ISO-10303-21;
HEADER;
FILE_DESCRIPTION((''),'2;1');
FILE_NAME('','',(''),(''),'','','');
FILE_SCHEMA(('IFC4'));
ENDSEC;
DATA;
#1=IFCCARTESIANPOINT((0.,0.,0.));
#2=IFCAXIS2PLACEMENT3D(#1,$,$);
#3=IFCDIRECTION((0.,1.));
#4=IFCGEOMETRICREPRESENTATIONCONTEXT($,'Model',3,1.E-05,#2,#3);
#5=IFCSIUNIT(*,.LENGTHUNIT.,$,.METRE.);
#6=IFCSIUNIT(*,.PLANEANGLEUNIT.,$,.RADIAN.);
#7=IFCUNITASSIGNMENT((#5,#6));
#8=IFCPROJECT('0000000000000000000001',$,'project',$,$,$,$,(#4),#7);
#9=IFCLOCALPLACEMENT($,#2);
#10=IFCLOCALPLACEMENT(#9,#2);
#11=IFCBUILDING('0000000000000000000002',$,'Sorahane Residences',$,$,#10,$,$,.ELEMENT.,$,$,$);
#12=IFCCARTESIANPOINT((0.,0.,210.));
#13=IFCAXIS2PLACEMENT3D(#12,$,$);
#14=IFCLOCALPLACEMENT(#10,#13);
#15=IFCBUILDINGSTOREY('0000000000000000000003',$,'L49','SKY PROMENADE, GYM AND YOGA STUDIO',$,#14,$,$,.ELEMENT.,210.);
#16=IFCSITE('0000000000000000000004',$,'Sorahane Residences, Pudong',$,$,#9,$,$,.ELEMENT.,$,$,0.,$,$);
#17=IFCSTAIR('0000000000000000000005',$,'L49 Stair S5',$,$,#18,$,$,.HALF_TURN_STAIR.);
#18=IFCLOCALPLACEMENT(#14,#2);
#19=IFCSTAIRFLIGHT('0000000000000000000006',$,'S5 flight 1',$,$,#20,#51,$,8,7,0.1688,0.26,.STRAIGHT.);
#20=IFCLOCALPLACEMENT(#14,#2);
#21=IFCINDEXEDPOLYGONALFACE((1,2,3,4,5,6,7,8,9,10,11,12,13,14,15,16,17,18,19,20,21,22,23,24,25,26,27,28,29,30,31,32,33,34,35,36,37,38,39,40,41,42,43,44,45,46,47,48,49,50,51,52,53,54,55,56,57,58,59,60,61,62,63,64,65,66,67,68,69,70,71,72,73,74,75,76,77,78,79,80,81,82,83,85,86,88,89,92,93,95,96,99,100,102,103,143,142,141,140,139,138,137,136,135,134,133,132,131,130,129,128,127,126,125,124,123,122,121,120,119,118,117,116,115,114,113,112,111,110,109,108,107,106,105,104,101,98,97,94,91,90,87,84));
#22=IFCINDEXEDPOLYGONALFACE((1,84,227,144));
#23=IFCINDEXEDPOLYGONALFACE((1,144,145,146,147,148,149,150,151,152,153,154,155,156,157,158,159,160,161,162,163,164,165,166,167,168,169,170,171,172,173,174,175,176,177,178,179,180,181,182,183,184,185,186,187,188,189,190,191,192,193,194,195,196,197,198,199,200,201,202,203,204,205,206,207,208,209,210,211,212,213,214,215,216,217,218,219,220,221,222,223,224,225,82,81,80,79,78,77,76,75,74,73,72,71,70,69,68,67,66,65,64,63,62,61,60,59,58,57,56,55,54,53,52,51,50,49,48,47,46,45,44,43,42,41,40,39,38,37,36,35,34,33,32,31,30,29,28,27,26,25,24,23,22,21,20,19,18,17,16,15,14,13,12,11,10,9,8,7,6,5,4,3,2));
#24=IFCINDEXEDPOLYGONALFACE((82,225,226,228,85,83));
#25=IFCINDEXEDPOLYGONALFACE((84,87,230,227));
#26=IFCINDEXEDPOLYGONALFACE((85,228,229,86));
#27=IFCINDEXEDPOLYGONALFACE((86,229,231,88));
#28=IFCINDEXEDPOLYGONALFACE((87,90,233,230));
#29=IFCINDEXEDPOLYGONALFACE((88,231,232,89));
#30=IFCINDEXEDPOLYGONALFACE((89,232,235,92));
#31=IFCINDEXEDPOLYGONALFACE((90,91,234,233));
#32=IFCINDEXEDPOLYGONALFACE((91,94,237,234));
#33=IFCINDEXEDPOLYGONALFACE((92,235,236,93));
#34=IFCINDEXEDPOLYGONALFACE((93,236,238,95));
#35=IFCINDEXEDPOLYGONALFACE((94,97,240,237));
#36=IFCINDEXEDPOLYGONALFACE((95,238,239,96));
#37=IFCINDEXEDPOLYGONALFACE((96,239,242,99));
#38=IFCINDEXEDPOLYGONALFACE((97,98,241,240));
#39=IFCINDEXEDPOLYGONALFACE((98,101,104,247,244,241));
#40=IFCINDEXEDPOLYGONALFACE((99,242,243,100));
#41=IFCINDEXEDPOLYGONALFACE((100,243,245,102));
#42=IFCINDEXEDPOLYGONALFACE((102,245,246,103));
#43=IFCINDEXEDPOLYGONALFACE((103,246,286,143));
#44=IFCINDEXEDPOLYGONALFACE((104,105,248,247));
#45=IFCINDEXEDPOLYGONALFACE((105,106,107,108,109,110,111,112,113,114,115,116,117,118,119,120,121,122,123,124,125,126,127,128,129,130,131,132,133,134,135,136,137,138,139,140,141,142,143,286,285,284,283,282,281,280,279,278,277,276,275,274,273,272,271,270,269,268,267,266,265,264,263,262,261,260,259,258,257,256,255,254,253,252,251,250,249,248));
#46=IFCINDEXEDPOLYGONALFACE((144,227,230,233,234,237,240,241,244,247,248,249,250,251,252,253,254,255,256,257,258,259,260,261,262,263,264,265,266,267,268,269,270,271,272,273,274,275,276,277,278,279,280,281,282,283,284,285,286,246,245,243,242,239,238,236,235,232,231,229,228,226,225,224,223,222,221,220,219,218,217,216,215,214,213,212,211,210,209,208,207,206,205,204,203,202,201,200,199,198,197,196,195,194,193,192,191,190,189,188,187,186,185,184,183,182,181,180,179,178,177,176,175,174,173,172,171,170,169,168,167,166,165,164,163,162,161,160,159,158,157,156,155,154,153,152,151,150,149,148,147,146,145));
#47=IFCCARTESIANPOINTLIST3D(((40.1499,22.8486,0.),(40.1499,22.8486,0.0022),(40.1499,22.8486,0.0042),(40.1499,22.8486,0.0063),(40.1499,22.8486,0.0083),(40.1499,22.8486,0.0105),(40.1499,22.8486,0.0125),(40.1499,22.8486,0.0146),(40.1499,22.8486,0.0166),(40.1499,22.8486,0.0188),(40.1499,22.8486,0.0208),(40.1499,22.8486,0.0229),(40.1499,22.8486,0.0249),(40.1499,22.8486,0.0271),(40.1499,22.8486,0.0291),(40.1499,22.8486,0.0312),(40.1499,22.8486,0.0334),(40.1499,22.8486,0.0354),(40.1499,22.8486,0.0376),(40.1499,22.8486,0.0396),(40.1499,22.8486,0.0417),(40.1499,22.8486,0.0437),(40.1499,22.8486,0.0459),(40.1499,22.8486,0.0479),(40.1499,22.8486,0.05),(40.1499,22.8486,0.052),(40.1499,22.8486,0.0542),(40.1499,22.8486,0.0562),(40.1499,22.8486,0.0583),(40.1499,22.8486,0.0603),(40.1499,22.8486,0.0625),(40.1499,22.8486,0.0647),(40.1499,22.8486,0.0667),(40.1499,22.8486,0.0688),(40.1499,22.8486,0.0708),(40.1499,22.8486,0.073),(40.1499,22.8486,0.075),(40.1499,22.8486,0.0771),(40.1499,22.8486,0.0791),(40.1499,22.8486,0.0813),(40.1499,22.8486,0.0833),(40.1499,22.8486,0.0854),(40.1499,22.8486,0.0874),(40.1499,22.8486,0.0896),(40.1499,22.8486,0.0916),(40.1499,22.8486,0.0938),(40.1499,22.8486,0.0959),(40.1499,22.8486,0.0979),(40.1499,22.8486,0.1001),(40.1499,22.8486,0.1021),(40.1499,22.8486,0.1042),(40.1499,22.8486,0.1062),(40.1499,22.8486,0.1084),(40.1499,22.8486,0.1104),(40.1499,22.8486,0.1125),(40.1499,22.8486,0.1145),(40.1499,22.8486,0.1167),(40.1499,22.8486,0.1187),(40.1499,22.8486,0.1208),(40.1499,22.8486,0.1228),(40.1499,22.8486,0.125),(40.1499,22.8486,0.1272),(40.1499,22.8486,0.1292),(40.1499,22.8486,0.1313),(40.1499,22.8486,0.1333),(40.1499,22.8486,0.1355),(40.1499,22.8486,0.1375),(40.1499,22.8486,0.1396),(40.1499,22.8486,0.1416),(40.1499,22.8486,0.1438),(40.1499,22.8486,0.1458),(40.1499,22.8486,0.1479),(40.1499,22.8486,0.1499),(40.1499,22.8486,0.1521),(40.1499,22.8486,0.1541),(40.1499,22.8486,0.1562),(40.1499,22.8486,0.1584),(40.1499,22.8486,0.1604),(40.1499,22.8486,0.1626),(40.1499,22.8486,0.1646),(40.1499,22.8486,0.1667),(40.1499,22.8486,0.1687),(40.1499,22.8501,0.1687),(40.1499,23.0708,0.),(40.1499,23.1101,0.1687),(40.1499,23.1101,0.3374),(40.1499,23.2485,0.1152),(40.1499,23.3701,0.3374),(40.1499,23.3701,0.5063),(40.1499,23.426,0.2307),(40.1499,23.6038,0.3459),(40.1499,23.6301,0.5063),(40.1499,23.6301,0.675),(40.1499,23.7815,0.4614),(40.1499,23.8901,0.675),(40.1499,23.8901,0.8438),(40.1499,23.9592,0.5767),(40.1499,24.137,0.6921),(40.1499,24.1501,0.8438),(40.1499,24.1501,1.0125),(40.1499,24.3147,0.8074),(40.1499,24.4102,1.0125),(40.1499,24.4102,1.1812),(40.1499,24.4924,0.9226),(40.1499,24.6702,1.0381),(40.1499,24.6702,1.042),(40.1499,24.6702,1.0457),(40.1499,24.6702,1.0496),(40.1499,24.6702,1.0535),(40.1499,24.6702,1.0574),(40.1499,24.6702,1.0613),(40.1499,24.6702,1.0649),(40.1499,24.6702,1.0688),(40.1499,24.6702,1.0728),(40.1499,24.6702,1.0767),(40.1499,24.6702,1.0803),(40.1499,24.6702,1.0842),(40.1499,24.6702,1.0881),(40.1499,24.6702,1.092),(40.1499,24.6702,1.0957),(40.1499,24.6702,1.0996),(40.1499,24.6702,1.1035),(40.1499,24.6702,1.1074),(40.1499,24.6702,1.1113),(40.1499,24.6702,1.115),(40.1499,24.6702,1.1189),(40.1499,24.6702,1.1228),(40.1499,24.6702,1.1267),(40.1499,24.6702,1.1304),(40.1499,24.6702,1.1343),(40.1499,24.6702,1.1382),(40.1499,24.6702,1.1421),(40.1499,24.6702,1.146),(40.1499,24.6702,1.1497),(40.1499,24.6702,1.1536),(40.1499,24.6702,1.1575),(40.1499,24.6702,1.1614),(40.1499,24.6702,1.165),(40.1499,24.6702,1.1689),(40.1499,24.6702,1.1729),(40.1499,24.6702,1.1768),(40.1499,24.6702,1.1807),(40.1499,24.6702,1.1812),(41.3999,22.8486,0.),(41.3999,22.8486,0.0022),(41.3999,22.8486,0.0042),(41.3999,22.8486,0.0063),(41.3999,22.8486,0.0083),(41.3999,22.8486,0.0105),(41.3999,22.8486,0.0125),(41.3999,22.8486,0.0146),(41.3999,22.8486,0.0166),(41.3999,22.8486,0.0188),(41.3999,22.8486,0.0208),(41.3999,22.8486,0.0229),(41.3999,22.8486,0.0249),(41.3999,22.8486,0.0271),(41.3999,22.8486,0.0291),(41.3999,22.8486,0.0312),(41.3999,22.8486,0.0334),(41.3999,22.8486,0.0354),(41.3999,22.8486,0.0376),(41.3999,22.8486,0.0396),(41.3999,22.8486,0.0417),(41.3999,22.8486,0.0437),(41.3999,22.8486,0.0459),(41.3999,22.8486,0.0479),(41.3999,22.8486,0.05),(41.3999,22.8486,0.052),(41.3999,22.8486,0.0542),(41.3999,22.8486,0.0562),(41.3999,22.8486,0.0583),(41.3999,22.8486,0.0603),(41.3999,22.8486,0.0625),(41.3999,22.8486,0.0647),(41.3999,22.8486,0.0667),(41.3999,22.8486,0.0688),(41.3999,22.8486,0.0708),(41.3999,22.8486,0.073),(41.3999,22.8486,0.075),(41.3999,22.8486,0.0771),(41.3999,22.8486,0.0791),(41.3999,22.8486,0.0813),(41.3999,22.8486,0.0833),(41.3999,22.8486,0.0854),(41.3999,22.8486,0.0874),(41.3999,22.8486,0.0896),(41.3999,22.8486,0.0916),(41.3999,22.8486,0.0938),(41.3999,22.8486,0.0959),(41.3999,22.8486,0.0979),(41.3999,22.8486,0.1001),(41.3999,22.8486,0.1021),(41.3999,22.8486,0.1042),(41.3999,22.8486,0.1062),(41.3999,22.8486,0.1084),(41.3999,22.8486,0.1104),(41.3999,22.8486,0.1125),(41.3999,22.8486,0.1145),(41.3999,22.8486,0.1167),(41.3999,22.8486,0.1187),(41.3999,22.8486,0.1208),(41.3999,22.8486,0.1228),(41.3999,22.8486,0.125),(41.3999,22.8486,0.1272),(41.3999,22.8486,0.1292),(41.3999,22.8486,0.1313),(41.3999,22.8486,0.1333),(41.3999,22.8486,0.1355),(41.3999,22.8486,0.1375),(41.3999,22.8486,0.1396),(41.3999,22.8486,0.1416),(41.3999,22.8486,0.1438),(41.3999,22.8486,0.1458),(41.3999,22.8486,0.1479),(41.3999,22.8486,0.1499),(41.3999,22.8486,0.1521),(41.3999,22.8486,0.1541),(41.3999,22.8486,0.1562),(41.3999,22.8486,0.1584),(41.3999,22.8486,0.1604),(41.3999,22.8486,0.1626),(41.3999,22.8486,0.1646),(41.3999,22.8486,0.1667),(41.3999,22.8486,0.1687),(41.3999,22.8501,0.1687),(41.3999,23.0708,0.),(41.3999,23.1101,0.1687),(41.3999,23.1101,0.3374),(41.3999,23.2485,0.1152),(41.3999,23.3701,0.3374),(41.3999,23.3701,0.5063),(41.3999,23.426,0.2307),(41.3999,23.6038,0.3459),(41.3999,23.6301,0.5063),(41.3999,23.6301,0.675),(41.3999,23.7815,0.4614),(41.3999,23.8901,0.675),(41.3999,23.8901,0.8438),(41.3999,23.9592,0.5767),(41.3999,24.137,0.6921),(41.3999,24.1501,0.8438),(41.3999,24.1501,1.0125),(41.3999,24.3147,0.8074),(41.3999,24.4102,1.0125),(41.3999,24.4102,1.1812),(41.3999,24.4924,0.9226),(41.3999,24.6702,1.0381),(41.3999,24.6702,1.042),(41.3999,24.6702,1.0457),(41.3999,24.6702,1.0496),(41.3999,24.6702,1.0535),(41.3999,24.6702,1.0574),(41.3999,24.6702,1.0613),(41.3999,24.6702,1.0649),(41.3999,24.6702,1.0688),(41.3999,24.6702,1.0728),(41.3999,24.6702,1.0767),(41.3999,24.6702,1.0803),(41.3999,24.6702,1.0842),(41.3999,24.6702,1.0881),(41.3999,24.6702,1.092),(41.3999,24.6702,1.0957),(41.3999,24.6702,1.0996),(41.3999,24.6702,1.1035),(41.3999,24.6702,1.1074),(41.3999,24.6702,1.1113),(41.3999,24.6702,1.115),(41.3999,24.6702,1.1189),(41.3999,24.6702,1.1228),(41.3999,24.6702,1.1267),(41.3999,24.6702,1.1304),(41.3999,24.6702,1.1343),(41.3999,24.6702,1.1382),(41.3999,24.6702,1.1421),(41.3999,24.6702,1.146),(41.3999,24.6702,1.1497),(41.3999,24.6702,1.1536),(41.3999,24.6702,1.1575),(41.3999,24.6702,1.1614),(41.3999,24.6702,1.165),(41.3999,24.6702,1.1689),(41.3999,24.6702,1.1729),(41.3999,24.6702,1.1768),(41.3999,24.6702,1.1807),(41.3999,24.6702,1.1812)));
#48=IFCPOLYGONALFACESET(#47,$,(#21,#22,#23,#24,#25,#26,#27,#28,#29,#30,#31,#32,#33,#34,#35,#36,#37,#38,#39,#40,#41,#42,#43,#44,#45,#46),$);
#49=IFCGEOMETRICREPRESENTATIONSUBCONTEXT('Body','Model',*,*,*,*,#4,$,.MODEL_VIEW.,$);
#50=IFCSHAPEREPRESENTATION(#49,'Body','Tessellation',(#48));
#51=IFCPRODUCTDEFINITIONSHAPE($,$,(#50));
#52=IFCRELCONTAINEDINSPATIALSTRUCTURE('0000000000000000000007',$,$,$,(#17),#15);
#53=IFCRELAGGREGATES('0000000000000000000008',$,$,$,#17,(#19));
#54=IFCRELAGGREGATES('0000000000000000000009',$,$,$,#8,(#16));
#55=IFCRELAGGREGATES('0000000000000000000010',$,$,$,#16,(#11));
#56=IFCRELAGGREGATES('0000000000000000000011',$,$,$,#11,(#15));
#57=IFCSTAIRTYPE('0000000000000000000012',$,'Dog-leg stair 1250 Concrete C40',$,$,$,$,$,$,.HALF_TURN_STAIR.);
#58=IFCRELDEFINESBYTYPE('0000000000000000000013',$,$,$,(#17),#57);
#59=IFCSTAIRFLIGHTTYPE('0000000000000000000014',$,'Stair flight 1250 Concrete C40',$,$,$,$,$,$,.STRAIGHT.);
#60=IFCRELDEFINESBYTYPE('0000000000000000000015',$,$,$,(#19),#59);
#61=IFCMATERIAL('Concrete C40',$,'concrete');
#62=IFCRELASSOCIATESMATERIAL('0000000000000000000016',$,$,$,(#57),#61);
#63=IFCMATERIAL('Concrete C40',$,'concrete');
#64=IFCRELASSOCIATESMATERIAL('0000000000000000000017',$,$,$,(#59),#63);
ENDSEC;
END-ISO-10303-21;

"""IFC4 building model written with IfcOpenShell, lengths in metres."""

from ifc_helpers import new_model, si_unit, direction, frame, origin, place, context, subcontext, project, spatial, polyline, outline, extrude, material, type_object, element, aggregate, save


model = new_model("IFC4")

# Units and contexts
model_context = context("Model", 3, precision=1e-05, world=origin(), true_north=direction((0.0, 1.0)))
body_context = subcontext(model_context, "Body", "Model", "MODEL_VIEW")
ifc_project = project(units=[si_unit("LENGTHUNIT", "METRE"), si_unit("PLANEANGLEUNIT", "RADIAN")], contexts=[model_context])

# Site, building, storey
site_placement = place(None, origin())
site = spatial("IfcSite", under=ifc_project, at=site_placement, Name="Sorahane Residences, Pudong", CompositionType="ELEMENT", RefElevation=0.0)
building_placement = place(site_placement, origin())
building = spatial("IfcBuilding", under=site, at=building_placement, Name="Sorahane Residences", CompositionType="ELEMENT")
storey_placement = place(building_placement, frame((0.0, 0.0, 210.0)))
storey = spatial("IfcBuildingStorey", under=building, at=storey_placement, Name="L49", Description="SKY PROMENADE, GYM AND YOGA STUDIO", CompositionType="ELEMENT", Elevation=210.0)

# Stair, stair flight
ifc_material_1 = material(Name="Concrete C40", Category="concrete")
stair_type = type_object("IfcStairType", Name="Dog-leg stair 1250 Concrete C40", PredefinedType="HALF_TURN_STAIR", material=ifc_material_1)
stair_placement = place(storey_placement, origin())
stair = element("IfcStair", 1, at=stair_placement, inside=storey, type_object=stair_type, Name="L49 Stair S5", PredefinedType="HALF_TURN_STAIR")
ifc_material_2 = material(Name="Concrete C40", Category="concrete")
stair_flight_type = type_object("IfcStairFlightType", Name="Stair flight 1250 Concrete C40", PredefinedType="STRAIGHT", material=ifc_material_2)
stair_flight_1_placement = place(storey_placement, frame((40.7749, 22.8501, 0.0), z_axis=(0.0, 0.0, 1.0), x_axis=(0.0, 1.0, 0.0)))
stair_flight_1 = element("IfcStairFlight", 2, at=stair_flight_1_placement, type_object=stair_flight_type, Name="S5 flight 1", NumberOfRisers=8, NumberOfTreads=7, PredefinedType="STRAIGHT", RiserHeight=0.1688, TreadLength=0.26, context=body_context, shape_type="SweptSolid", body=[
    extrude(outline(polyline([(-0.0015, 0.0), (-0.0015, 0.0022), (-0.0015, 0.0042), (-0.0015, 0.0063), (-0.0015, 0.0083), (-0.0015, 0.0105), (-0.0015, 0.0125), (-0.0015, 0.0146), (-0.0015, 0.0166), (-0.0015, 0.0188), (-0.0015, 0.0208), (-0.0015, 0.0229), (-0.0015, 0.0249), (-0.0015, 0.0271), (-0.0015, 0.0291), (-0.0015, 0.0312), (-0.0015, 0.0334), (-0.0015, 0.0354), (-0.0015, 0.0376), (-0.0015, 0.0396), (-0.0015, 0.0417), (-0.0015, 0.0437), (-0.0015, 0.0459), (-0.0015, 0.0479), (-0.0015, 0.05), (-0.0015, 0.052), (-0.0015, 0.0542), (-0.0015, 0.0562), (-0.0015, 0.0583), (-0.0015, 0.0603), (-0.0015, 0.0625), (-0.0015, 0.0647), (-0.0015, 0.0667), (-0.0015, 0.0688), (-0.0015, 0.0708), (-0.0015, 0.073), (-0.0015, 0.075), (-0.0015, 0.0771), (-0.0015, 0.0791), (-0.0015, 0.0813), (-0.0015, 0.0833), (-0.0015, 0.0854), (-0.0015, 0.0874), (-0.0015, 0.0896), (-0.0015, 0.0916), (-0.0015, 0.0938), (-0.0015, 0.0959), (-0.0015, 0.0979), (-0.0015, 0.1001), (-0.0015, 0.1021), (-0.0015, 0.1042), (-0.0015, 0.1062), (-0.0015, 0.1084), (-0.0015, 0.1104), (-0.0015, 0.1125), (-0.0015, 0.1145), (-0.0015, 0.1167), (-0.0015, 0.1187), (-0.0015, 0.1208), (-0.0015, 0.1228), (-0.0015, 0.125), (-0.0015, 0.1272), (-0.0015, 0.1292), (-0.0015, 0.1313), (-0.0015, 0.1333), (-0.0015, 0.1355), (-0.0015, 0.1375), (-0.0015, 0.1396), (-0.0015, 0.1416), (-0.0015, 0.1438), (-0.0015, 0.1458), (-0.0015, 0.1479), (-0.0015, 0.1499), (-0.0015, 0.1521), (-0.0015, 0.1541), (-0.0015, 0.1562), (-0.0015, 0.1584), (-0.0015, 0.1604), (-0.0015, 0.1626), (-0.0015, 0.1646), (-0.0015, 0.1667), (-0.0015, 0.1687), (0.0, 0.1687), (0.26, 0.1687), (0.26, 0.3374), (0.52, 0.3374), (0.52, 0.5063), (0.78, 0.5063), (0.78, 0.675), (1.04, 0.675), (1.04, 0.8438), (1.3, 0.8438), (1.3, 1.0125), (1.5601, 1.0125), (1.5601, 1.1812), (1.8201, 1.1812), (1.8201, 1.3501), (1.8201, 1.3462), (1.8201, 1.3423), (1.8201, 1.3384), (1.8201, 1.3347), (1.8201, 1.3308), (1.8201, 1.3269), (1.8201, 1.323), (1.8201, 1.3191), (1.8201, 1.3154), (1.8201, 1.3115), (1.8201, 1.3076), (1.8201, 1.3037), (1.8201, 1.3), (1.8201, 1.2961), (1.8201, 1.2922), (1.8201, 1.2883), (1.8201, 1.2844), (1.8201, 1.2808), (1.8201, 1.2769), (1.8201, 1.2729), (1.8201, 1.269), (1.8201, 1.2654), (1.8201, 1.2615), (1.8201, 1.2576), (1.8201, 1.2537), (1.8201, 1.2498), (1.8201, 1.2461), (1.8201, 1.2422), (1.8201, 1.2383), (1.8201, 1.2344), (1.8201, 1.2307), (1.8201, 1.2268), (1.8201, 1.2229), (1.8201, 1.219), (1.8201, 1.2151), (1.8201, 1.2114), (1.8201, 1.2075), (1.8201, 1.2036), (1.8201, 1.1997), (1.8201, 1.196), (1.8201, 1.1921), (1.8201, 1.1882), (1.8201, 1.1843), (1.8201, 1.1807), (1.8201, 1.1768), (1.8201, 1.1729), (1.8201, 1.1689), (1.8201, 1.165), (1.8201, 1.1614), (1.8201, 1.1575), (1.8201, 1.1536), (1.8201, 1.1497), (1.8201, 1.146), (1.8201, 1.1421), (1.8201, 1.1382), (1.8201, 1.1343), (1.8201, 1.1304), (1.8201, 1.1267), (1.8201, 1.1228), (1.8201, 1.1189), (1.8201, 1.115), (1.8201, 1.1113), (1.8201, 1.1074), (1.8201, 1.1035), (1.8201, 1.0996), (1.8201, 1.0957), (1.8201, 1.092), (1.8201, 1.0881), (1.8201, 1.0842), (1.8201, 1.0803), (1.8201, 1.0767), (1.8201, 1.0728), (1.8201, 1.0688), (1.8201, 1.0649), (1.8201, 1.0613), (1.8201, 1.0574), (1.8201, 1.0535), (1.8201, 1.0496), (1.8201, 1.0457), (1.8201, 1.042), (1.8201, 1.0381), (1.6423, 0.9226), (1.4646, 0.8074), (1.2869, 0.6921), (1.1091, 0.5767), (0.9314, 0.4614), (0.7537, 0.3459), (0.5759, 0.2307), (0.3984, 0.1152), (0.2207, 0.0), (-0.0015, 0.0)])), frame((0.0, 0.625, 0.0), z_axis=(0.0, -1.0, 0.0), x_axis=(1.0, 0.0, 0.0)), (0.0, 0.0, 1.0), 1.25),
])
aggregate(stair, [stair_flight_1])

save(model, "model.ifc")
